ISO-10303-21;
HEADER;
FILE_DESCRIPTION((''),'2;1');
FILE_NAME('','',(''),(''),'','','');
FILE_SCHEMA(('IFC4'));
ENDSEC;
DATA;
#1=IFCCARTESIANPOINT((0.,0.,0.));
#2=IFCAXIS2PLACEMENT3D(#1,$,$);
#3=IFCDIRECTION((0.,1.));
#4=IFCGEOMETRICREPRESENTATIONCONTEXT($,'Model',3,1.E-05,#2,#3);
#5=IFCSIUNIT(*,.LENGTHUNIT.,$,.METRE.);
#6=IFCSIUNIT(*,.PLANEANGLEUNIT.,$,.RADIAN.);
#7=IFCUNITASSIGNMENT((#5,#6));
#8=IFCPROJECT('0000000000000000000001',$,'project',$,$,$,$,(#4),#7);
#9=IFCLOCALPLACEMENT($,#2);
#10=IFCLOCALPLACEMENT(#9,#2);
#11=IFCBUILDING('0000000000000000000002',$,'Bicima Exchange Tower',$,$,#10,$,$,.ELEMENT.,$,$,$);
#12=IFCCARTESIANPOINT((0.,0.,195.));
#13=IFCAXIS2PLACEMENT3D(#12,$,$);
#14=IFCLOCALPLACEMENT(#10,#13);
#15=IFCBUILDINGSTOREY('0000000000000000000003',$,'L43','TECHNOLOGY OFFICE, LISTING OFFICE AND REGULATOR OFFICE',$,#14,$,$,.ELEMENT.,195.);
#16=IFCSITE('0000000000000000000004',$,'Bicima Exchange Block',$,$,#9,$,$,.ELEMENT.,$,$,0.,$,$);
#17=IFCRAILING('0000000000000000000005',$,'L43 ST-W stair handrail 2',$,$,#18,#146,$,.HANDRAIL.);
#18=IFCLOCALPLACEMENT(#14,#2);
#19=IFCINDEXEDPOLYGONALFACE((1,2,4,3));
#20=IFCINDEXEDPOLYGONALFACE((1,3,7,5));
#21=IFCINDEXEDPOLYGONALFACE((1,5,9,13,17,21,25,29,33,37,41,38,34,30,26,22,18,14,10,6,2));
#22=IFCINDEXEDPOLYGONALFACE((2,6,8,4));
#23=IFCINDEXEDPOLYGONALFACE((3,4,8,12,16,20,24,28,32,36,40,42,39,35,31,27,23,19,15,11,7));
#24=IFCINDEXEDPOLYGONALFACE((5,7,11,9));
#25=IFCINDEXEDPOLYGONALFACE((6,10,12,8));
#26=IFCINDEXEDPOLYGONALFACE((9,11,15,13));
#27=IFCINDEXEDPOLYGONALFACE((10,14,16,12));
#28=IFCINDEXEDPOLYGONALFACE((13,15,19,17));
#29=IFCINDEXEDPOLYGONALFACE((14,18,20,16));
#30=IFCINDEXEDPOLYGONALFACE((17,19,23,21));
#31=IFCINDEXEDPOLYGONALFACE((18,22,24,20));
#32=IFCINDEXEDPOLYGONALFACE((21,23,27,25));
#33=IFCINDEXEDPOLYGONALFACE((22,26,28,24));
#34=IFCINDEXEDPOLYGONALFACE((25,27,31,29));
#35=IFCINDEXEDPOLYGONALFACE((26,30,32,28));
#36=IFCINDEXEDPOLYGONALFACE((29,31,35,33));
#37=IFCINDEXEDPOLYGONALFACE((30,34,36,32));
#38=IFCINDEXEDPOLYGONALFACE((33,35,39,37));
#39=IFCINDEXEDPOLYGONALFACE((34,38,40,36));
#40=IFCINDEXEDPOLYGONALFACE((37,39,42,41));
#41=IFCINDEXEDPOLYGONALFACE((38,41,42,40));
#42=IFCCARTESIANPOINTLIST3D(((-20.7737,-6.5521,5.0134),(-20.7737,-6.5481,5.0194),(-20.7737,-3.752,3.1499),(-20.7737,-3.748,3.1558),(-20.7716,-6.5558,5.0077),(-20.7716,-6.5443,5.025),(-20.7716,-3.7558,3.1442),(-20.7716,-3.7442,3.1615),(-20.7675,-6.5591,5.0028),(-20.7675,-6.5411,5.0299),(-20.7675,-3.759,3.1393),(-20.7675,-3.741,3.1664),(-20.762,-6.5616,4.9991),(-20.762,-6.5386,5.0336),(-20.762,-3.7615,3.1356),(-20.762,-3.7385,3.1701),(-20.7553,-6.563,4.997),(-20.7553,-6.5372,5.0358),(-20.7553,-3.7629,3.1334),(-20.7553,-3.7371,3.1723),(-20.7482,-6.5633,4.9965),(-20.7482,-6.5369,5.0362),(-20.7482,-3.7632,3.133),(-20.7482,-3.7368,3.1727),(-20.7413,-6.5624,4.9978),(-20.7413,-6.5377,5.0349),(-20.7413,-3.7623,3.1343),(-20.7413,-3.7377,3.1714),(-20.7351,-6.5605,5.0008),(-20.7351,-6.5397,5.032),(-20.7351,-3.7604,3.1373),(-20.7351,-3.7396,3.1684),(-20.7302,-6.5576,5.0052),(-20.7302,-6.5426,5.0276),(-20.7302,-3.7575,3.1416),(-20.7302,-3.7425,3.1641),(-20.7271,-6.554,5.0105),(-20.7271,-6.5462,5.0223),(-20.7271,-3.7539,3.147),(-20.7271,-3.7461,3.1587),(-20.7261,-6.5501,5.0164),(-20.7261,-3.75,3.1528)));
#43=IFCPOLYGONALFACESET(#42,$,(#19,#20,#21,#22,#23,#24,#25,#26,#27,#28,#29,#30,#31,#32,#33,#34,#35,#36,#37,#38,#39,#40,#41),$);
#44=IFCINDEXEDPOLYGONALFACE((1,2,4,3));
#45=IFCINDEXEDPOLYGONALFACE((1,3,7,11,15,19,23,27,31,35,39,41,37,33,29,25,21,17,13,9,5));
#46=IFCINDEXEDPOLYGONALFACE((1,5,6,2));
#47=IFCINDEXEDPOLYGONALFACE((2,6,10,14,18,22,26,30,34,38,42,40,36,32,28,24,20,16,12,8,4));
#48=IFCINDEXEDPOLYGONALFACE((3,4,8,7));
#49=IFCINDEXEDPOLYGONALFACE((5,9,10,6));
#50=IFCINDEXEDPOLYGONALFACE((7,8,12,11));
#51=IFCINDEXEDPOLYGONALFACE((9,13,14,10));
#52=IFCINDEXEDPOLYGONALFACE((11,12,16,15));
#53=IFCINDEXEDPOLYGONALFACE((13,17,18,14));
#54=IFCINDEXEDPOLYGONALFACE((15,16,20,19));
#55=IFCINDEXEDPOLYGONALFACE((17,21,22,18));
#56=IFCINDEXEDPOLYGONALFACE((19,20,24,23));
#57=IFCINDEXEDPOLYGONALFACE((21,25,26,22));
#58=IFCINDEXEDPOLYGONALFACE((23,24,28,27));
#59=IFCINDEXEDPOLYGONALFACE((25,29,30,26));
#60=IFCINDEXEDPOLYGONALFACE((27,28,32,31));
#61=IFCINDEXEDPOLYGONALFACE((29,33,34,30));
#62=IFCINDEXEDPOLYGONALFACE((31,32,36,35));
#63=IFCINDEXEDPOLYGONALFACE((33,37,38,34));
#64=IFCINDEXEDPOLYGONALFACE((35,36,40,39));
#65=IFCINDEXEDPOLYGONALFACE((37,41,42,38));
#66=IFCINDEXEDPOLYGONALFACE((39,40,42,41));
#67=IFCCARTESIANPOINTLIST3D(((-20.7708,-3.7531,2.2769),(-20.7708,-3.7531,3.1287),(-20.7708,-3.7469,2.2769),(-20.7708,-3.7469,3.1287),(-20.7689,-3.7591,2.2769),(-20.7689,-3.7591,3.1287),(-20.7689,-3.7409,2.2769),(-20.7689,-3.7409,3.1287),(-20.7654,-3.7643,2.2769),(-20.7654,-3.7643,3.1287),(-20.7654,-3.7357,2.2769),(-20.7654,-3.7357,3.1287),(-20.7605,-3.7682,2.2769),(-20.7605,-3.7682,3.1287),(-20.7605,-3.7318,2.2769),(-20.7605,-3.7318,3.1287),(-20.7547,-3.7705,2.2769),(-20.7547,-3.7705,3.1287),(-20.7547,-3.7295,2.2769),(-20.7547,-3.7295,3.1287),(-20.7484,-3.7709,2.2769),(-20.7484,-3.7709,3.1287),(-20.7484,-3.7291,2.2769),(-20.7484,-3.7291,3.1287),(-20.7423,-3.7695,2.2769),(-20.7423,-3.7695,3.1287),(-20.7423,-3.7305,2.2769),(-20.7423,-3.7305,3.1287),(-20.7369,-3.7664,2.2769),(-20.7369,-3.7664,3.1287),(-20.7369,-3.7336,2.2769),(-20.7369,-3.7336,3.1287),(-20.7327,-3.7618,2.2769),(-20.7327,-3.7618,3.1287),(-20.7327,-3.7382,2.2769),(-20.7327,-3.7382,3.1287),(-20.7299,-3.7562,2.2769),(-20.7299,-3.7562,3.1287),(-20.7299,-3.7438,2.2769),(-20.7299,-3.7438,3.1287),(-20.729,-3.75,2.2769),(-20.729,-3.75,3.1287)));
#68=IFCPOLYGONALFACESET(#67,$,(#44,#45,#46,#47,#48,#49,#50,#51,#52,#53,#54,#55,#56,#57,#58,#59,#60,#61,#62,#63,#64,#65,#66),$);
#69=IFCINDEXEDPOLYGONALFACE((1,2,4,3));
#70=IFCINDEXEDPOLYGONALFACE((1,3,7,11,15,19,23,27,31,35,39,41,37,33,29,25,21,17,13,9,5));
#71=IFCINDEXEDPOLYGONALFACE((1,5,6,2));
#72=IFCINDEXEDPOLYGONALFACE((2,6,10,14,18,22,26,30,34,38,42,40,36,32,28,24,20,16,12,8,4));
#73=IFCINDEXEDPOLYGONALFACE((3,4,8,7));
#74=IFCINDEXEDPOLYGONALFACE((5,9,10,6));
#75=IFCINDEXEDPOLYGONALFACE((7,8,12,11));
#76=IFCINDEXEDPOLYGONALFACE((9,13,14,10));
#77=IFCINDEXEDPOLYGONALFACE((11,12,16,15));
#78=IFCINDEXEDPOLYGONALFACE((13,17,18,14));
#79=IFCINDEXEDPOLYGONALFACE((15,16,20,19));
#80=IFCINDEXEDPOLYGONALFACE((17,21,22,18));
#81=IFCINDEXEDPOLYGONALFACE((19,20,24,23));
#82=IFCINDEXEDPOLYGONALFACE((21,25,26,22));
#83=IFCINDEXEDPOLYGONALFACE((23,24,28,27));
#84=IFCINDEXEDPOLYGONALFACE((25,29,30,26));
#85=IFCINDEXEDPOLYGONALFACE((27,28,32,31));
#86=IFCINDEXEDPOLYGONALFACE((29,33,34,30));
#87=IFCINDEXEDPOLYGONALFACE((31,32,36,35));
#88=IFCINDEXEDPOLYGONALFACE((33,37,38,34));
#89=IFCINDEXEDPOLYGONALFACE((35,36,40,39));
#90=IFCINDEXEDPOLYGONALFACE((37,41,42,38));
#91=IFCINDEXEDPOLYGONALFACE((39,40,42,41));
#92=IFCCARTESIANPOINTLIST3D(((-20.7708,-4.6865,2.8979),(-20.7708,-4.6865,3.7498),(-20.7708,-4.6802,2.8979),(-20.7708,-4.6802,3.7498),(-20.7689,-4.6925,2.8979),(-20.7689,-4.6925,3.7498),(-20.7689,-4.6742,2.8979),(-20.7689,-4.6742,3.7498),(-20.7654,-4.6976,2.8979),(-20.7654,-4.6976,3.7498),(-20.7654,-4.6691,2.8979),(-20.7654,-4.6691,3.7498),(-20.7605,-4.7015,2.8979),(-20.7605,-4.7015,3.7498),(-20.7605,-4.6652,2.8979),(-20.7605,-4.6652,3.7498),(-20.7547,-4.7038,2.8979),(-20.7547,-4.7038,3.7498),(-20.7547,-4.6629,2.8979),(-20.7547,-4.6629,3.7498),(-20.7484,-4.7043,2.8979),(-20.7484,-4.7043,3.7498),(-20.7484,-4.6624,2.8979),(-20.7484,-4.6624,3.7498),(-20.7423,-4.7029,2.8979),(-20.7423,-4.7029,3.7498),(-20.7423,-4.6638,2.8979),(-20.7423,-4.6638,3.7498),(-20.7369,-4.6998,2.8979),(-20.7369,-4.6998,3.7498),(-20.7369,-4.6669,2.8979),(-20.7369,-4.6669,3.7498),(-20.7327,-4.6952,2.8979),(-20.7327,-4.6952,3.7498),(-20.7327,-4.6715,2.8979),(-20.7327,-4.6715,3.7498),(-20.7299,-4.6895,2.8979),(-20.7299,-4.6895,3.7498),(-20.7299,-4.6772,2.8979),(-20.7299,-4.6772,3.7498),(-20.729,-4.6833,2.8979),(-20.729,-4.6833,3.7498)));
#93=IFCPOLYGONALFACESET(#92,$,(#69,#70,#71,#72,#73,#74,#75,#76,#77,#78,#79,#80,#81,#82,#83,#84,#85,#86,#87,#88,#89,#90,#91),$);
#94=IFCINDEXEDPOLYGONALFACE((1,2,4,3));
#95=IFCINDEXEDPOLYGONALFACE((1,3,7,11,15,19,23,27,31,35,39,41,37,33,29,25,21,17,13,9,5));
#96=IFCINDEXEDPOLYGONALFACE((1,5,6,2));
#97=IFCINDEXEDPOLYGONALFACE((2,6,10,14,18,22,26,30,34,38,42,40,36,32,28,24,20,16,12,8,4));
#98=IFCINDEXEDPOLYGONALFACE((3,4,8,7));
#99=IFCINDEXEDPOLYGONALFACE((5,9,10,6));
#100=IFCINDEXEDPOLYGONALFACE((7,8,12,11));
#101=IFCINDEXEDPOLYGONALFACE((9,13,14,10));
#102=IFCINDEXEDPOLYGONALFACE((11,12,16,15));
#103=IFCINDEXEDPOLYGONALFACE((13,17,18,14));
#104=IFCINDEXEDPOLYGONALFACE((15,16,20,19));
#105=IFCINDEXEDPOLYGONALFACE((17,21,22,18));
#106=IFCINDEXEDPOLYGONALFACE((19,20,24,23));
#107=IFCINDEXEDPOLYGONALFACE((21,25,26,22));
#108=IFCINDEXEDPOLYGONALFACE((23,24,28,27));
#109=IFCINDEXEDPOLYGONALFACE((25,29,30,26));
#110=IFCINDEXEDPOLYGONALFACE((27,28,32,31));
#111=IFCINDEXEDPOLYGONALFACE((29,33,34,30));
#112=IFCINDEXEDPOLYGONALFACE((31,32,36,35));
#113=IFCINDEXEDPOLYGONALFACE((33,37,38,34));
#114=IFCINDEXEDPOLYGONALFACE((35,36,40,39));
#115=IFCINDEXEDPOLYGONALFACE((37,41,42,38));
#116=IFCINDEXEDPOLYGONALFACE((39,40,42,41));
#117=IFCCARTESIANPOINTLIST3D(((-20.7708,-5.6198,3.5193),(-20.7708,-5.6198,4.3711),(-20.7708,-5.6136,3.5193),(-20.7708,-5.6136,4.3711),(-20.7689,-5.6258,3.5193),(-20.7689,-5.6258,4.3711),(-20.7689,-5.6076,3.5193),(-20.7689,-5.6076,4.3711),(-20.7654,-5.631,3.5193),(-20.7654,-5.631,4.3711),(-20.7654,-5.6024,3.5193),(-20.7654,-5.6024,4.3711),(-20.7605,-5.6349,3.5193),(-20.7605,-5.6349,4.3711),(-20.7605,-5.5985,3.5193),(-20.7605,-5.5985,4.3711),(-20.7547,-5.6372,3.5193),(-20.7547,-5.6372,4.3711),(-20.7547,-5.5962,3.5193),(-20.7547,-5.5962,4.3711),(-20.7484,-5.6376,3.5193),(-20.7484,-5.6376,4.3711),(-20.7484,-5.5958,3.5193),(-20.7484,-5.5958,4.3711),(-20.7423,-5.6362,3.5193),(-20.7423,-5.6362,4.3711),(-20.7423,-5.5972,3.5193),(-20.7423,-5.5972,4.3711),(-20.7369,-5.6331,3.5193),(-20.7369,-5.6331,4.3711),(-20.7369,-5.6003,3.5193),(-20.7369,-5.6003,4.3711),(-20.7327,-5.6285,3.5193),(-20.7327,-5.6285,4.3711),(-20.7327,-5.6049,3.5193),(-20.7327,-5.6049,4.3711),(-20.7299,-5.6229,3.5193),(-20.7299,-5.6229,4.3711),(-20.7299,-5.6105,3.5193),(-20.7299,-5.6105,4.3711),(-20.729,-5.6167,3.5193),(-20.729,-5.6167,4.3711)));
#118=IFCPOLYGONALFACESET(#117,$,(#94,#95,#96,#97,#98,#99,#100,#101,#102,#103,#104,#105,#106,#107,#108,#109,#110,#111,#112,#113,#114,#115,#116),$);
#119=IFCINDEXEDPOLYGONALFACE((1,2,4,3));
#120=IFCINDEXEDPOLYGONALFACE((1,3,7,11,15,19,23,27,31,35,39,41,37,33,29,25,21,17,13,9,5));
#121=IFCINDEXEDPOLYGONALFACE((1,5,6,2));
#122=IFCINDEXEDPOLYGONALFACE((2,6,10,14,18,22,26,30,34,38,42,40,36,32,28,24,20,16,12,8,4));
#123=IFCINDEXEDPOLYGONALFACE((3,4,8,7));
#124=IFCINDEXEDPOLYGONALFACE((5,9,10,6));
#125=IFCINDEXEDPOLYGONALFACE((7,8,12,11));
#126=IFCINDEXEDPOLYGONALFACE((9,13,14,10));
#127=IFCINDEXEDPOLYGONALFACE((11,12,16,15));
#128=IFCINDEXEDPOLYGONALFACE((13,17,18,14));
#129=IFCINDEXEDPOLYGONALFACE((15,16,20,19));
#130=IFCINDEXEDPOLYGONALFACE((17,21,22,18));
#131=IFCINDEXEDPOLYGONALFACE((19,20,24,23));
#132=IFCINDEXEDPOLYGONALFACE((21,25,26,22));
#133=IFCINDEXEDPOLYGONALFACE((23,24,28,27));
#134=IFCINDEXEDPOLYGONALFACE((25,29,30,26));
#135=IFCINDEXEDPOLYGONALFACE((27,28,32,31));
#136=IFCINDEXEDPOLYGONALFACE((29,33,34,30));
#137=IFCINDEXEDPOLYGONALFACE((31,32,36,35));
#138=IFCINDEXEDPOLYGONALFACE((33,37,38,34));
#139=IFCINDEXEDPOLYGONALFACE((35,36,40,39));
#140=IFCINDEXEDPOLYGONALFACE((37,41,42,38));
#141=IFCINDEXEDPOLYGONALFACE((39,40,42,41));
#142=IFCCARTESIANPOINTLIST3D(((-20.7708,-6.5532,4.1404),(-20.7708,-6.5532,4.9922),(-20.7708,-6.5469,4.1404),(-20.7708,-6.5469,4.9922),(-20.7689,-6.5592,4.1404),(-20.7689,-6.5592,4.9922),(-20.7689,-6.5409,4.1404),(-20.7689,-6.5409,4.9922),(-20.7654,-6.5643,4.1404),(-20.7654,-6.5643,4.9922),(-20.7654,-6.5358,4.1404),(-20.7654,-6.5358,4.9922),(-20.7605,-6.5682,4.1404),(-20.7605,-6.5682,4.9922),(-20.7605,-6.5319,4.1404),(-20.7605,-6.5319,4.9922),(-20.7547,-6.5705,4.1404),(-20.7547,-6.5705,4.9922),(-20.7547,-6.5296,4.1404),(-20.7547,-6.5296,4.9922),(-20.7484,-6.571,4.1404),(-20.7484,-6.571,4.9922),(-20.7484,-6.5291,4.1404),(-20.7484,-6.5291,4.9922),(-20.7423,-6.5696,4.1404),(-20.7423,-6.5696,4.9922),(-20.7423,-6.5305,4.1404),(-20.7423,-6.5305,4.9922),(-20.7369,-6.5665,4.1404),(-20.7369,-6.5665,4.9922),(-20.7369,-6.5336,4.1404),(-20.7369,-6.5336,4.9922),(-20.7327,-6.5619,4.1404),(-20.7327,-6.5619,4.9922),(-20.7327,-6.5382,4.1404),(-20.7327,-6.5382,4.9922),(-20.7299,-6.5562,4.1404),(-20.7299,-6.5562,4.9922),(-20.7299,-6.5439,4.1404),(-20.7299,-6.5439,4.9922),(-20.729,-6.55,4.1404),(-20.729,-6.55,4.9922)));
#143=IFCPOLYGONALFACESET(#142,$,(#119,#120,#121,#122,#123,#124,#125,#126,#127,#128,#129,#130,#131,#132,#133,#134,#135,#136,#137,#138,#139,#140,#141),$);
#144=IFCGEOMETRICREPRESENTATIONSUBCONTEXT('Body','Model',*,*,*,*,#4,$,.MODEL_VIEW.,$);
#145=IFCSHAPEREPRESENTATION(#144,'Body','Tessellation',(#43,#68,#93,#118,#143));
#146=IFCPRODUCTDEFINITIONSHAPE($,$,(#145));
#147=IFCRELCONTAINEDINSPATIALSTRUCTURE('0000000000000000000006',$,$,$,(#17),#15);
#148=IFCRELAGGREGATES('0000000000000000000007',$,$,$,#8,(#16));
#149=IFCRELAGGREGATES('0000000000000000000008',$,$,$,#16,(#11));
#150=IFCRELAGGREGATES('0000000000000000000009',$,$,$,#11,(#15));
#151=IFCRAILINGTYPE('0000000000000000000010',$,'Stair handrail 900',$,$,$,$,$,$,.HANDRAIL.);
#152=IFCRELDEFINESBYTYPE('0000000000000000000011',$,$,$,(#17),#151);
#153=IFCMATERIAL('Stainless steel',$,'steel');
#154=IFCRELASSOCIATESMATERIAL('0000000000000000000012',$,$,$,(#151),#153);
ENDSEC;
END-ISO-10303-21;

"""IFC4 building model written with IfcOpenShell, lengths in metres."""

from ifc_helpers import new_model, si_unit, direction, frame, origin, origin_2d, place, context, subcontext, project, spatial, circle, extrude, material, type_object, element, save


model = new_model("IFC4")

# Units and contexts
model_context = context("Model", 3, precision=1e-05, world=origin(), true_north=direction((0.0, 1.0)))
body_context = subcontext(model_context, "Body", "Model", "MODEL_VIEW")
ifc_project = project(units=[si_unit("LENGTHUNIT", "METRE"), si_unit("PLANEANGLEUNIT", "RADIAN")], contexts=[model_context])

# Site, building, storey
site_placement = place(None, origin())
site = spatial("IfcSite", under=ifc_project, at=site_placement, Name="Bicima Exchange Block", CompositionType="ELEMENT", RefElevation=0.0)
building_placement = place(site_placement, origin())
building = spatial("IfcBuilding", under=site, at=building_placement, Name="Bicima Exchange Tower", CompositionType="ELEMENT")
storey_placement = place(building_placement, frame((0.0, 0.0, 195.0)))
storey = spatial("IfcBuildingStorey", under=building, at=storey_placement, Name="L43", Description="TECHNOLOGY OFFICE, LISTING OFFICE AND REGULATOR OFFICE", CompositionType="ELEMENT", Elevation=195.0)

# Shared definitions
ifc_material_1 = material(Name="Stainless steel", Category="steel")

# Railing
railing_type_1 = type_object("IfcRailingType", Name="Stair handrail 900", PredefinedType="HANDRAIL", material=ifc_material_1)
railing_1_placement = place(storey_placement, frame((-20.75, -3.75, 2.2769)))
element("IfcRailing", 1, at=railing_1_placement, inside=storey, type_object=railing_type_1, Name="L43 ST-W stair handrail 2", PredefinedType="HANDRAIL", context=body_context, shape_type="SweptSolid", body=[
    extrude(circle(Radius=0.0239, at=origin_2d()), frame((0.0, 0.0, 0.876), z_axis=(0.0, -0.832486, 0.554047), x_axis=(1.0, 0.0, 0.0)), (0.0, 0.0, 1.0), 3.3635),
    extrude(circle(Radius=0.021, at=origin_2d()), origin(), (0.0, 0.0, 1.0), 0.8518),
    extrude(circle(Radius=0.021, at=origin_2d()), frame((0.0, -0.9333, 0.6211)), (0.0, 0.0, 1.0), 0.8518),
    extrude(circle(Radius=0.021, at=origin_2d()), frame((0.0, -1.8667, 1.2424)), (0.0, 0.0, 1.0), 0.8518),
    extrude(circle(Radius=0.021, at=origin_2d()), frame((0.0, -2.8, 1.8635)), (0.0, 0.0, 1.0), 0.8518),
])

save(model, "model.ifc")
